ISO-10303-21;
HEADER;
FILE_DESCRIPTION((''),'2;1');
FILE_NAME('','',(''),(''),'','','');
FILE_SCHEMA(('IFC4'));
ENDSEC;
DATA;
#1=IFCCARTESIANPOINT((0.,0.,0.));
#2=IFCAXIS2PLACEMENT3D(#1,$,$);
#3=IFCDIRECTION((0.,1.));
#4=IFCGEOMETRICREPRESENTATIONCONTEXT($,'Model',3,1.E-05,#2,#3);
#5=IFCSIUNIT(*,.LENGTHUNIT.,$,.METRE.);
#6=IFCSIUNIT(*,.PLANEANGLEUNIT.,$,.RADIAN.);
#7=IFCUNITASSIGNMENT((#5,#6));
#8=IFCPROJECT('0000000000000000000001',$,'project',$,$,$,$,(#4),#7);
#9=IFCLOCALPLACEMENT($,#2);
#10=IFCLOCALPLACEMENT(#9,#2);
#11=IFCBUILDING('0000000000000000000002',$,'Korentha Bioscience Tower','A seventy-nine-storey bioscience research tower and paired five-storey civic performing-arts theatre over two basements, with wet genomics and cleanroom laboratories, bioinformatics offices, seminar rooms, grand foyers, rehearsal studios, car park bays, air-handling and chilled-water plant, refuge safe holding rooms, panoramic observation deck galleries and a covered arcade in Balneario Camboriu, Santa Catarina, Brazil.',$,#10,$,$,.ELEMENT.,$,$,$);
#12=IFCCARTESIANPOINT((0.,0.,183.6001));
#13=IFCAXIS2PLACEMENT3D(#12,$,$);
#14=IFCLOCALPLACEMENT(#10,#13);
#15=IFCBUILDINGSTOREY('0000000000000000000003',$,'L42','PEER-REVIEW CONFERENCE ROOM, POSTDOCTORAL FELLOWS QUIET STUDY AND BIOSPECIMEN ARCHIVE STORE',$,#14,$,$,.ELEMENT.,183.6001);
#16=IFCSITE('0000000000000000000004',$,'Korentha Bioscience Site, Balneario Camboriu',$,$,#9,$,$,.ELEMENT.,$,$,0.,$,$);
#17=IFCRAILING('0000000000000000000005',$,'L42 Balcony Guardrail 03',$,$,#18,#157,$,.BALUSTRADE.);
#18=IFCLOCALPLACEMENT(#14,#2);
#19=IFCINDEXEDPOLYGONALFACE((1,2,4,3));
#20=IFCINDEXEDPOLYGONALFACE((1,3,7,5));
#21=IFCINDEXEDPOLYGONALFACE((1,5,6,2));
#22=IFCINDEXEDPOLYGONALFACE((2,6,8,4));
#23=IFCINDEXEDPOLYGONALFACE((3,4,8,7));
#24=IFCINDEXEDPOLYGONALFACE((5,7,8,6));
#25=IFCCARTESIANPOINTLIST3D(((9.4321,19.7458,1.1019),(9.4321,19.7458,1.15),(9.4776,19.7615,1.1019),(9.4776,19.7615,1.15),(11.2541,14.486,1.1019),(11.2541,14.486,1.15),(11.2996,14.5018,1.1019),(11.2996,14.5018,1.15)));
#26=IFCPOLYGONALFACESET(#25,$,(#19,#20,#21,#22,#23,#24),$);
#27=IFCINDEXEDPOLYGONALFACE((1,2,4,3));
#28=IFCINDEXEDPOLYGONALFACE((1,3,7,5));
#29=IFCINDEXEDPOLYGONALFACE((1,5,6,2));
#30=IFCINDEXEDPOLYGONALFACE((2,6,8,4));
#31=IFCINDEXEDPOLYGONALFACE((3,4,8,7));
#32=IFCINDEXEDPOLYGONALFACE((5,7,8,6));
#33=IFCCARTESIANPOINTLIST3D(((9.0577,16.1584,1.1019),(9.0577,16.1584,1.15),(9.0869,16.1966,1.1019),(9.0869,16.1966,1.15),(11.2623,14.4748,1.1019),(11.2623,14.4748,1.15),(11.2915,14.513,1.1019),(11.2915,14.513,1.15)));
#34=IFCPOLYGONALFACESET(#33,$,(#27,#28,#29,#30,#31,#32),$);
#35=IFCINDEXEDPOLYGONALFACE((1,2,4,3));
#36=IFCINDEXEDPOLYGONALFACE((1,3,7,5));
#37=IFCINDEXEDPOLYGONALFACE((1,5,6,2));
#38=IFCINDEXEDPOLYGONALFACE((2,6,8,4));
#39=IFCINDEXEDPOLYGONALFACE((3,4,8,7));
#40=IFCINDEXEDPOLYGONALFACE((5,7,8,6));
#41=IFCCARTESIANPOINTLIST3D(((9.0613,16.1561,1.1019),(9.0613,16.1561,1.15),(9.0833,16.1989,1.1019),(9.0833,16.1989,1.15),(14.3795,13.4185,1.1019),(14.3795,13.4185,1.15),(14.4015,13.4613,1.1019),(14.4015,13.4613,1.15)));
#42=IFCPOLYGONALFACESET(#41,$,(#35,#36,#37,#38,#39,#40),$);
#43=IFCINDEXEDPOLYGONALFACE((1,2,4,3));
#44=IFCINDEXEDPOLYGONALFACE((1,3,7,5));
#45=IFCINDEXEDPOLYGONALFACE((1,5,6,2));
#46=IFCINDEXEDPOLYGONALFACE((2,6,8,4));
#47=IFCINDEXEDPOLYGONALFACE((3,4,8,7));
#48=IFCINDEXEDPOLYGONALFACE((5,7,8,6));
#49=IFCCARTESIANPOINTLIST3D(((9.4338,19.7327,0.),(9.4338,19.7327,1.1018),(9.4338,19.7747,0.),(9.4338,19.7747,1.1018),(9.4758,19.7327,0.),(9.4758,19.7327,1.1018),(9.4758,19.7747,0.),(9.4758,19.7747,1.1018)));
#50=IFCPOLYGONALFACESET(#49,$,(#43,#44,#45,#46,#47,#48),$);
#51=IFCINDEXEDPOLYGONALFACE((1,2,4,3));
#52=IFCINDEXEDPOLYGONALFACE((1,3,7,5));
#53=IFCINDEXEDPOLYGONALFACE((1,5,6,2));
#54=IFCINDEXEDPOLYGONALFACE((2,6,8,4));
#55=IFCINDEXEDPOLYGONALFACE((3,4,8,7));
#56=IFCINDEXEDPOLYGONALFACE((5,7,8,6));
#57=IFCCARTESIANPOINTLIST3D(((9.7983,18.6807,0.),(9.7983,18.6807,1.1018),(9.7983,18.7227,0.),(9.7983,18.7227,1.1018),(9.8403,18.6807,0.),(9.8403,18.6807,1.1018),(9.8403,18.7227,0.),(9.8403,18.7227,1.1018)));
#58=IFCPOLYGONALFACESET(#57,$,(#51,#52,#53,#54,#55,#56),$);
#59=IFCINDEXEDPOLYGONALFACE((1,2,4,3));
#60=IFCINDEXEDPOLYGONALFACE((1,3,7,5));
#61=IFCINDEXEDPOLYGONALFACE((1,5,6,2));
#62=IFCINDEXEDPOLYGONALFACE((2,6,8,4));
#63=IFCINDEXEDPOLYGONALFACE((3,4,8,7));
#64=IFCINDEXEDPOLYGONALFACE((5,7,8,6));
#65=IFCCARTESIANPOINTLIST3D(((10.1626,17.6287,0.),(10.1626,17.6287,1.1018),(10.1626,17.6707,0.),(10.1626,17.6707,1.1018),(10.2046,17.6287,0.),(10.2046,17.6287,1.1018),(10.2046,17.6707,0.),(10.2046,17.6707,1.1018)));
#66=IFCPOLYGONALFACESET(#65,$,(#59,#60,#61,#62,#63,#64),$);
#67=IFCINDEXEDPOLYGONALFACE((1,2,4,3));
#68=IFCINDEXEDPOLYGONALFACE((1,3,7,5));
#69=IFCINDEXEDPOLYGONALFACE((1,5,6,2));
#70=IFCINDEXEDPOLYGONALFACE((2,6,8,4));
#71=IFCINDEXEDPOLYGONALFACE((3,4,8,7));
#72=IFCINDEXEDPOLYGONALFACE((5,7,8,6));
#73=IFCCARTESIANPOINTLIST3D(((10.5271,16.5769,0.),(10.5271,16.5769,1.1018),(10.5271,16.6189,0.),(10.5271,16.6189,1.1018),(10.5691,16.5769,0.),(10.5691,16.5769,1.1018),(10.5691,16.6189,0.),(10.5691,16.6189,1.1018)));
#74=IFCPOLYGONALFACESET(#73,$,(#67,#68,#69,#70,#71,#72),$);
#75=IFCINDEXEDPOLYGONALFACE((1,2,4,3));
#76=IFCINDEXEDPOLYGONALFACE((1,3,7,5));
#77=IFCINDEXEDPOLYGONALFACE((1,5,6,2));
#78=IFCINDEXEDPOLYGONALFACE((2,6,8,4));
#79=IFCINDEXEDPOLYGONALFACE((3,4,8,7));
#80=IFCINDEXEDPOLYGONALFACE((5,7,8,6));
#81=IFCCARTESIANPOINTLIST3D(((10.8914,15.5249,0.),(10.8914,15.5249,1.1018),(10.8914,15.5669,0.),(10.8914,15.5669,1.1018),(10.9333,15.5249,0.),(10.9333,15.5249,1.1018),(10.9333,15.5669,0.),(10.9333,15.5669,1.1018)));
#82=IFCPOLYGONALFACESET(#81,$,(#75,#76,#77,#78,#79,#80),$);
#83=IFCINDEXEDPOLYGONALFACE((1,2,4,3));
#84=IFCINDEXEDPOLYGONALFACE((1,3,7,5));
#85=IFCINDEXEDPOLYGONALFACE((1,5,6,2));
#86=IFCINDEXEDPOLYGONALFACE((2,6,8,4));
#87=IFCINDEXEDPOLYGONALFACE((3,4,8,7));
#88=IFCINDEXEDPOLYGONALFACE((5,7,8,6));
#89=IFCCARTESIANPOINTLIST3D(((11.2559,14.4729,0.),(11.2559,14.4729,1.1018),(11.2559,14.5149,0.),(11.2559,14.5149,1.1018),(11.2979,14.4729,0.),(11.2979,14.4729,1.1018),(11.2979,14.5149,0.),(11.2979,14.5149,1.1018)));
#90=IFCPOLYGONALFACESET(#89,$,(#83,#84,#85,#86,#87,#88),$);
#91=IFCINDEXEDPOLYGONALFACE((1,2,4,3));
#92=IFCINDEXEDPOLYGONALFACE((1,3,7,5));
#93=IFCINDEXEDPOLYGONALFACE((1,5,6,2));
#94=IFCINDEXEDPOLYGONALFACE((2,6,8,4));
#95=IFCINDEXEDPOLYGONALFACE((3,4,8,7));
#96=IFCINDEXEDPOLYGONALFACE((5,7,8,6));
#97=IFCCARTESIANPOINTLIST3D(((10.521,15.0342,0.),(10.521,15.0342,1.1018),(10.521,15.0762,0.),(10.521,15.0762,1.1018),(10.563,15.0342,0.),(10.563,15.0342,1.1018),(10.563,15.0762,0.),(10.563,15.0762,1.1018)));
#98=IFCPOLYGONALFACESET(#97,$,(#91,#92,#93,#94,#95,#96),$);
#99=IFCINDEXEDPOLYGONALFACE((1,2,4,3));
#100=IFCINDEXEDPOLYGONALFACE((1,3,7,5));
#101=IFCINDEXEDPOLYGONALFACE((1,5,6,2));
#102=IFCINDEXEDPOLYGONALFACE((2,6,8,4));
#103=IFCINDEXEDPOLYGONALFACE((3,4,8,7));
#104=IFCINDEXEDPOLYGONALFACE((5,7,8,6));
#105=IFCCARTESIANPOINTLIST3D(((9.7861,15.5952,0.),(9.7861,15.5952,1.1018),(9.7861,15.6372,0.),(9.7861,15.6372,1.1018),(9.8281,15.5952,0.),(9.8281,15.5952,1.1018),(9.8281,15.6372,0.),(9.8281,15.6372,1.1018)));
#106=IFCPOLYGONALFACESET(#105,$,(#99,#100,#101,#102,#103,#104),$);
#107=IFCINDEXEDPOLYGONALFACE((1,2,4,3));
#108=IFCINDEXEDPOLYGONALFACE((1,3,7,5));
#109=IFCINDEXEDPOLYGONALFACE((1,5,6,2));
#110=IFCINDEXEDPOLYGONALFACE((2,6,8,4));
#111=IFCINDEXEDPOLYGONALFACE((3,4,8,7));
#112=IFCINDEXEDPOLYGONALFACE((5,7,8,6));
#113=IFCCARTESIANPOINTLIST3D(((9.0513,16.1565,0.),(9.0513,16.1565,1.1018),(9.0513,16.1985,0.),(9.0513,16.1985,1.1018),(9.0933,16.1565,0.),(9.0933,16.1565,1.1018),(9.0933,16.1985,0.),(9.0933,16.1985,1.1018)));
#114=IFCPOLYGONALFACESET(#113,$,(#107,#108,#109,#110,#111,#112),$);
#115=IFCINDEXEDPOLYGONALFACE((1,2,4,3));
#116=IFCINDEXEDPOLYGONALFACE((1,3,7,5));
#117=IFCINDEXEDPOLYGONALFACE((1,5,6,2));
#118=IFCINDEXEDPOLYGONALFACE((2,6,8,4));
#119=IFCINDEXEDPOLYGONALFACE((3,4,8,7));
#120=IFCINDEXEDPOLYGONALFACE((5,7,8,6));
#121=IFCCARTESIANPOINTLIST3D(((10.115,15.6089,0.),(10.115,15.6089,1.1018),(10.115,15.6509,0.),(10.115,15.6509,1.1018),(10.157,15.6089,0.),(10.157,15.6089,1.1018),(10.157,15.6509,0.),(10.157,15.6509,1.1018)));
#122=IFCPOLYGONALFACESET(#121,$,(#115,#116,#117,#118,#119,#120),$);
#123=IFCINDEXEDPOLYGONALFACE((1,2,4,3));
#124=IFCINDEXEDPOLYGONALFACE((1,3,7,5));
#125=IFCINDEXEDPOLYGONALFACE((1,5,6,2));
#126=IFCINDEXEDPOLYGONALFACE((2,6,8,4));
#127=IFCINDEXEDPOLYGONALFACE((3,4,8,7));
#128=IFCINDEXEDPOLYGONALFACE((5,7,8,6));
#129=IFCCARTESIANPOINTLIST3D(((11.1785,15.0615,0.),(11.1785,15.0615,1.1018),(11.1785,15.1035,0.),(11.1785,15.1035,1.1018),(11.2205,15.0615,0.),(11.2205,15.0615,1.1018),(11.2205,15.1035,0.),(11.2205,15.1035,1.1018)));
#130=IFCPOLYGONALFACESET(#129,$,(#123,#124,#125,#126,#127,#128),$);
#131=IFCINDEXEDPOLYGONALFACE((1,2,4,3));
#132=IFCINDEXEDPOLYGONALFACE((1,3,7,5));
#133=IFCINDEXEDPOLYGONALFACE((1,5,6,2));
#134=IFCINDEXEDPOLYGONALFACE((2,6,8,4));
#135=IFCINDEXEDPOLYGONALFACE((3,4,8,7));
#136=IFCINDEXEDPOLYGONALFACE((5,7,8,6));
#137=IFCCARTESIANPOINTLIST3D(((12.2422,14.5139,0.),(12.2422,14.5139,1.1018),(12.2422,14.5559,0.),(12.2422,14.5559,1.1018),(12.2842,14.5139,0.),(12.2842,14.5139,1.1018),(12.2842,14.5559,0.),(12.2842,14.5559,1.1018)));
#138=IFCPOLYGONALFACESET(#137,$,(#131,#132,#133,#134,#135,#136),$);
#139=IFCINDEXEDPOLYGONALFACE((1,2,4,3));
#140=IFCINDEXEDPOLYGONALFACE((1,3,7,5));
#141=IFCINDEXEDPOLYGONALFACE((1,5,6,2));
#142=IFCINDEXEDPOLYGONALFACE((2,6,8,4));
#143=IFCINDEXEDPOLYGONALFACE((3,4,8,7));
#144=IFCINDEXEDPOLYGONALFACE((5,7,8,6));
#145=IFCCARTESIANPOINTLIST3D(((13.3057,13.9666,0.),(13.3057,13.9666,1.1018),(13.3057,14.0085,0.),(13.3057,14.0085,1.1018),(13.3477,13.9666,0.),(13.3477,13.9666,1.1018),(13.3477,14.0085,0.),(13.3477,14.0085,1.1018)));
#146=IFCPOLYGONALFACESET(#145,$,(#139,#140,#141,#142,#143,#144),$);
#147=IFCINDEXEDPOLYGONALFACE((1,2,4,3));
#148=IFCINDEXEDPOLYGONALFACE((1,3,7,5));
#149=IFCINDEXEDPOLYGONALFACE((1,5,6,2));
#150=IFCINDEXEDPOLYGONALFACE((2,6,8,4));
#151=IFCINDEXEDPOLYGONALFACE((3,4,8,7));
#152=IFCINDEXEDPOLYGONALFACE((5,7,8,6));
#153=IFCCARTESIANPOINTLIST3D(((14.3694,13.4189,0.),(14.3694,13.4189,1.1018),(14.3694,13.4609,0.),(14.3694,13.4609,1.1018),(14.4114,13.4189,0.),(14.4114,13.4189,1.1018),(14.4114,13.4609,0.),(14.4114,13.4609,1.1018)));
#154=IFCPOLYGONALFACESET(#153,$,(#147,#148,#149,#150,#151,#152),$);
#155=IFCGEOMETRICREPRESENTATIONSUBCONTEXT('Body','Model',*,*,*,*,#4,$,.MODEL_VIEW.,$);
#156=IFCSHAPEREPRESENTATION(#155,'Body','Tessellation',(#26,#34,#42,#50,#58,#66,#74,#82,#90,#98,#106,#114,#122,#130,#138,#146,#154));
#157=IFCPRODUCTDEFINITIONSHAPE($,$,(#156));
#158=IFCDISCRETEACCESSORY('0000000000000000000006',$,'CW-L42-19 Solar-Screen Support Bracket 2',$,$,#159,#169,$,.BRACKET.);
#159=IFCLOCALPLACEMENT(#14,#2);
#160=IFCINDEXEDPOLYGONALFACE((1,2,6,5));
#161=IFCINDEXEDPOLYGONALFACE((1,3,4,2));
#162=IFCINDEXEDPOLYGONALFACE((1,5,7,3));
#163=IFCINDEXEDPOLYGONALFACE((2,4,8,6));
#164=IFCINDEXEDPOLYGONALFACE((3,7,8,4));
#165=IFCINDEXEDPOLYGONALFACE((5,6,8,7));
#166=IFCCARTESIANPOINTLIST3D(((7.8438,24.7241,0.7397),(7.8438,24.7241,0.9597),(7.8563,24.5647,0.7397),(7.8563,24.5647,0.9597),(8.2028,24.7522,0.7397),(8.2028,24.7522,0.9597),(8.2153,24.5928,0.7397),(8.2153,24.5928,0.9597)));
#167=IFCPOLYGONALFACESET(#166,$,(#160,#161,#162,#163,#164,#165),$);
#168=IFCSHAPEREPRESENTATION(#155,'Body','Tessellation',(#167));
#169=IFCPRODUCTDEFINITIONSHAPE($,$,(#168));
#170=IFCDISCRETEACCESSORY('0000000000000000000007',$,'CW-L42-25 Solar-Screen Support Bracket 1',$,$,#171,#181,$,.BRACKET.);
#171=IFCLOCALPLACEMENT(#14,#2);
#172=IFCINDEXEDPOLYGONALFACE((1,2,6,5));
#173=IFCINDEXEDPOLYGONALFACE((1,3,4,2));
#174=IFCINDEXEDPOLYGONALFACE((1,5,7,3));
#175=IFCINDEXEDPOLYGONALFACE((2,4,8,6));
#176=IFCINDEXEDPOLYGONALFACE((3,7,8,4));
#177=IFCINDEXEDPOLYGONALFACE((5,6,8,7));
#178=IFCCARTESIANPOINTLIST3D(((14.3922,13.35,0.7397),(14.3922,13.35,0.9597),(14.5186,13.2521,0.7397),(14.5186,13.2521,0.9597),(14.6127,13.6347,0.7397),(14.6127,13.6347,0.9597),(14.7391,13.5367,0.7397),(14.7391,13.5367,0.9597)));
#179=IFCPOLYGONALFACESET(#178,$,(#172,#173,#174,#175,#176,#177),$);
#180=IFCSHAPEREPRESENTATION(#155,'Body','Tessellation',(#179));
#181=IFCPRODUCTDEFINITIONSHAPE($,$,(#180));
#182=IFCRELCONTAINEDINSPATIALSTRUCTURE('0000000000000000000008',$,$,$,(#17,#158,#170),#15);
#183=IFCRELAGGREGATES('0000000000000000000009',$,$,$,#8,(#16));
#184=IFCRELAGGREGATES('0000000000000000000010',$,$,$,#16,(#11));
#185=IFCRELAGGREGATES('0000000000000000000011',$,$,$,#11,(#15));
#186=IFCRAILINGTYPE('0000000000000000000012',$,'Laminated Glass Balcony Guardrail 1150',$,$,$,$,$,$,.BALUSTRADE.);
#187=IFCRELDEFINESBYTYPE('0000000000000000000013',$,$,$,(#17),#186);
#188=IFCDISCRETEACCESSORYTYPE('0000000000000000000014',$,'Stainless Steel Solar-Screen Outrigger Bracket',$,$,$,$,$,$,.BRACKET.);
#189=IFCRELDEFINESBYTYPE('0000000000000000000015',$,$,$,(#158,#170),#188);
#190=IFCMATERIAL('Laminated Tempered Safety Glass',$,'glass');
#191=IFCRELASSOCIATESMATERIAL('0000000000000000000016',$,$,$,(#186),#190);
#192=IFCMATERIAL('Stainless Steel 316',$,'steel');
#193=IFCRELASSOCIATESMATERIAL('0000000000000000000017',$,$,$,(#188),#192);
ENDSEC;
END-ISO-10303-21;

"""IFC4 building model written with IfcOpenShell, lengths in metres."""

from ifc_helpers import new_model, si_unit, direction, frame, origin, origin_2d, place, context, subcontext, project, spatial, rectangle, extrude, material, type_object, element, save


model = new_model("IFC4")

# Units and contexts
model_context = context("Model", 3, precision=1e-05, world=origin(), true_north=direction((0.0, 1.0)))
body_context = subcontext(model_context, "Body", "Model", "MODEL_VIEW")
ifc_project = project(units=[si_unit("LENGTHUNIT", "METRE"), si_unit("PLANEANGLEUNIT", "RADIAN")], contexts=[model_context])

# Site, building, storey
site_placement = place(None, origin())
site = spatial("IfcSite", under=ifc_project, at=site_placement, Name="Korentha Bioscience Site, Balneario Camboriu", CompositionType="ELEMENT", RefElevation=0.0)
building_placement = place(site_placement, origin())
building = spatial("IfcBuilding", under=site, at=building_placement, Name="Korentha Bioscience Tower", Description="A seventy-nine-storey bioscience research tower and paired five-storey civic performing-arts theatre over two basements, with wet genomics and cleanroom laboratories, bioinformatics offices, seminar rooms, grand foyers, rehearsal studios, car park bays, air-handling and chilled-water plant, refuge safe holding rooms, panoramic observation deck galleries and a covered arcade in Balneario Camboriu, Santa Catarina, Brazil.", CompositionType="ELEMENT")
storey_placement = place(building_placement, frame((0.0, 0.0, 183.6001)))
storey = spatial("IfcBuildingStorey", under=building, at=storey_placement, Name="L42", Description="PEER-REVIEW CONFERENCE ROOM, POSTDOCTORAL FELLOWS QUIET STUDY AND BIOSPECIMEN ARCHIVE STORE", CompositionType="ELEMENT", Elevation=183.6001)

# Railing
ifc_material_1 = material(Name="Laminated Tempered Safety Glass", Category="glass")
railing_type = type_object("IfcRailingType", Name="Laminated Glass Balcony Guardrail 1150", PredefinedType="BALUSTRADE", material=ifc_material_1)
railing_placement = place(storey_placement, frame((9.4548, 19.7537, 0.0)))
element("IfcRailing", 1, at=railing_placement, inside=storey, type_object=railing_type, Name="L42 Balcony Guardrail 03", PredefinedType="BALUSTRADE", context=body_context, shape_type="SweptSolid", body=[
    extrude(rectangle(XDim=0.0481, YDim=0.0481, at=origin_2d()), frame((0.0, 0.0, 1.126), z_axis=(0.327324, -0.944912, 0.0), x_axis=(0.944912, 0.327324, 0.0)), (0.0, 0.0, 1.0), 5.5664),
    extrude(rectangle(XDim=0.0481, YDim=0.0481, at=origin_2d()), frame((1.822, -5.2598, 1.126), z_axis=(-0.794752, 0.606934, 0.0), x_axis=(-0.606934, -0.794752, 0.0)), (0.0, 0.0, 1.0), 2.7739),
    extrude(rectangle(XDim=0.0481, YDim=0.0481, at=origin_2d()), frame((-0.3826, -3.5762, 1.126), z_axis=(0.889117, -0.457681, 0.0), x_axis=(0.457681, 0.889117, 0.0)), (0.0, 0.0, 1.0), 5.9814),
    extrude(rectangle(XDim=0.042, YDim=0.042, at=origin_2d()), origin(), (0.0, 0.0, 1.0), 1.1018),
    extrude(rectangle(XDim=0.042, YDim=0.042, at=origin_2d()), frame((0.3645, -1.052, 0.0)), (0.0, 0.0, 1.0), 1.1018),
    extrude(rectangle(XDim=0.042, YDim=0.042, at=origin_2d()), frame((0.7288, -2.104, 0.0)), (0.0, 0.0, 1.0), 1.1018),
    extrude(rectangle(XDim=0.042, YDim=0.042, at=origin_2d()), frame((1.0933, -3.1558, 0.0)), (0.0, 0.0, 1.0), 1.1018),
    extrude(rectangle(XDim=0.042, YDim=0.042, at=origin_2d()), frame((1.4575, -4.2078, 0.0)), (0.0, 0.0, 1.0), 1.1018),
    extrude(rectangle(XDim=0.042, YDim=0.042, at=origin_2d()), frame((1.822, -5.2598, 0.0)), (0.0, 0.0, 1.0), 1.1018),
    extrude(rectangle(XDim=0.042, YDim=0.042, at=origin_2d()), frame((1.0872, -4.6985, 0.0)), (0.0, 0.0, 1.0), 1.1018),
    extrude(rectangle(XDim=0.042, YDim=0.042, at=origin_2d()), frame((0.3523, -4.1375, 0.0)), (0.0, 0.0, 1.0), 1.1018),
    extrude(rectangle(XDim=0.042, YDim=0.042, at=origin_2d()), frame((-0.3826, -3.5762, 0.0)), (0.0, 0.0, 1.0), 1.1018),
    extrude(rectangle(XDim=0.042, YDim=0.042, at=origin_2d()), frame((0.6812, -4.1238, 0.0)), (0.0, 0.0, 1.0), 1.1018),
    extrude(rectangle(XDim=0.042, YDim=0.042, at=origin_2d()), frame((1.7446, -4.6711, 0.0)), (0.0, 0.0, 1.0), 1.1018),
    extrude(rectangle(XDim=0.042, YDim=0.042, at=origin_2d()), frame((2.8083, -5.2188, 0.0)), (0.0, 0.0, 1.0), 1.1018),
    extrude(rectangle(XDim=0.042, YDim=0.042, at=origin_2d()), frame((3.8718, -5.7661, 0.0)), (0.0, 0.0, 1.0), 1.1018),
    extrude(rectangle(XDim=0.042, YDim=0.042, at=origin_2d()), frame((4.9355, -6.3137, 0.0)), (0.0, 0.0, 1.0), 1.1018),
])

# Discrete accessories
ifc_material_2 = material(Name="Stainless Steel 316", Category="steel")
discrete_accessory_type = type_object("IfcDiscreteAccessoryType", Name="Stainless Steel Solar-Screen Outrigger Bracket", PredefinedType="BRACKET", material=ifc_material_2)
for number, where, z_axis, x_axis, name in (
    (2, (8.0295, 24.6584, 0.7397), (0.0, 0.0, 1.0), (0.078031, -0.996951, 0.0), "CW-L42-19 Solar-Screen Support Bracket 2"),
    (3, (14.5657, 13.4434, 0.7397), (0.0, 0.0, 1.0), (0.790547, -0.612402, 0.0), "CW-L42-25 Solar-Screen Support Bracket 1"),
):
    element("IfcDiscreteAccessory", number, at=place(storey_placement, frame(where, z_axis=z_axis, x_axis=x_axis)), inside=storey, type_object=discrete_accessory_type, Name=name, PredefinedType="BRACKET", context=body_context, shape_type="SweptSolid", body=[
        extrude(rectangle(XDim=0.1599, YDim=0.3601, at=origin_2d()), origin(), (0.0, 0.0, 1.0), 0.22),
    ])

save(model, "model.ifc")
